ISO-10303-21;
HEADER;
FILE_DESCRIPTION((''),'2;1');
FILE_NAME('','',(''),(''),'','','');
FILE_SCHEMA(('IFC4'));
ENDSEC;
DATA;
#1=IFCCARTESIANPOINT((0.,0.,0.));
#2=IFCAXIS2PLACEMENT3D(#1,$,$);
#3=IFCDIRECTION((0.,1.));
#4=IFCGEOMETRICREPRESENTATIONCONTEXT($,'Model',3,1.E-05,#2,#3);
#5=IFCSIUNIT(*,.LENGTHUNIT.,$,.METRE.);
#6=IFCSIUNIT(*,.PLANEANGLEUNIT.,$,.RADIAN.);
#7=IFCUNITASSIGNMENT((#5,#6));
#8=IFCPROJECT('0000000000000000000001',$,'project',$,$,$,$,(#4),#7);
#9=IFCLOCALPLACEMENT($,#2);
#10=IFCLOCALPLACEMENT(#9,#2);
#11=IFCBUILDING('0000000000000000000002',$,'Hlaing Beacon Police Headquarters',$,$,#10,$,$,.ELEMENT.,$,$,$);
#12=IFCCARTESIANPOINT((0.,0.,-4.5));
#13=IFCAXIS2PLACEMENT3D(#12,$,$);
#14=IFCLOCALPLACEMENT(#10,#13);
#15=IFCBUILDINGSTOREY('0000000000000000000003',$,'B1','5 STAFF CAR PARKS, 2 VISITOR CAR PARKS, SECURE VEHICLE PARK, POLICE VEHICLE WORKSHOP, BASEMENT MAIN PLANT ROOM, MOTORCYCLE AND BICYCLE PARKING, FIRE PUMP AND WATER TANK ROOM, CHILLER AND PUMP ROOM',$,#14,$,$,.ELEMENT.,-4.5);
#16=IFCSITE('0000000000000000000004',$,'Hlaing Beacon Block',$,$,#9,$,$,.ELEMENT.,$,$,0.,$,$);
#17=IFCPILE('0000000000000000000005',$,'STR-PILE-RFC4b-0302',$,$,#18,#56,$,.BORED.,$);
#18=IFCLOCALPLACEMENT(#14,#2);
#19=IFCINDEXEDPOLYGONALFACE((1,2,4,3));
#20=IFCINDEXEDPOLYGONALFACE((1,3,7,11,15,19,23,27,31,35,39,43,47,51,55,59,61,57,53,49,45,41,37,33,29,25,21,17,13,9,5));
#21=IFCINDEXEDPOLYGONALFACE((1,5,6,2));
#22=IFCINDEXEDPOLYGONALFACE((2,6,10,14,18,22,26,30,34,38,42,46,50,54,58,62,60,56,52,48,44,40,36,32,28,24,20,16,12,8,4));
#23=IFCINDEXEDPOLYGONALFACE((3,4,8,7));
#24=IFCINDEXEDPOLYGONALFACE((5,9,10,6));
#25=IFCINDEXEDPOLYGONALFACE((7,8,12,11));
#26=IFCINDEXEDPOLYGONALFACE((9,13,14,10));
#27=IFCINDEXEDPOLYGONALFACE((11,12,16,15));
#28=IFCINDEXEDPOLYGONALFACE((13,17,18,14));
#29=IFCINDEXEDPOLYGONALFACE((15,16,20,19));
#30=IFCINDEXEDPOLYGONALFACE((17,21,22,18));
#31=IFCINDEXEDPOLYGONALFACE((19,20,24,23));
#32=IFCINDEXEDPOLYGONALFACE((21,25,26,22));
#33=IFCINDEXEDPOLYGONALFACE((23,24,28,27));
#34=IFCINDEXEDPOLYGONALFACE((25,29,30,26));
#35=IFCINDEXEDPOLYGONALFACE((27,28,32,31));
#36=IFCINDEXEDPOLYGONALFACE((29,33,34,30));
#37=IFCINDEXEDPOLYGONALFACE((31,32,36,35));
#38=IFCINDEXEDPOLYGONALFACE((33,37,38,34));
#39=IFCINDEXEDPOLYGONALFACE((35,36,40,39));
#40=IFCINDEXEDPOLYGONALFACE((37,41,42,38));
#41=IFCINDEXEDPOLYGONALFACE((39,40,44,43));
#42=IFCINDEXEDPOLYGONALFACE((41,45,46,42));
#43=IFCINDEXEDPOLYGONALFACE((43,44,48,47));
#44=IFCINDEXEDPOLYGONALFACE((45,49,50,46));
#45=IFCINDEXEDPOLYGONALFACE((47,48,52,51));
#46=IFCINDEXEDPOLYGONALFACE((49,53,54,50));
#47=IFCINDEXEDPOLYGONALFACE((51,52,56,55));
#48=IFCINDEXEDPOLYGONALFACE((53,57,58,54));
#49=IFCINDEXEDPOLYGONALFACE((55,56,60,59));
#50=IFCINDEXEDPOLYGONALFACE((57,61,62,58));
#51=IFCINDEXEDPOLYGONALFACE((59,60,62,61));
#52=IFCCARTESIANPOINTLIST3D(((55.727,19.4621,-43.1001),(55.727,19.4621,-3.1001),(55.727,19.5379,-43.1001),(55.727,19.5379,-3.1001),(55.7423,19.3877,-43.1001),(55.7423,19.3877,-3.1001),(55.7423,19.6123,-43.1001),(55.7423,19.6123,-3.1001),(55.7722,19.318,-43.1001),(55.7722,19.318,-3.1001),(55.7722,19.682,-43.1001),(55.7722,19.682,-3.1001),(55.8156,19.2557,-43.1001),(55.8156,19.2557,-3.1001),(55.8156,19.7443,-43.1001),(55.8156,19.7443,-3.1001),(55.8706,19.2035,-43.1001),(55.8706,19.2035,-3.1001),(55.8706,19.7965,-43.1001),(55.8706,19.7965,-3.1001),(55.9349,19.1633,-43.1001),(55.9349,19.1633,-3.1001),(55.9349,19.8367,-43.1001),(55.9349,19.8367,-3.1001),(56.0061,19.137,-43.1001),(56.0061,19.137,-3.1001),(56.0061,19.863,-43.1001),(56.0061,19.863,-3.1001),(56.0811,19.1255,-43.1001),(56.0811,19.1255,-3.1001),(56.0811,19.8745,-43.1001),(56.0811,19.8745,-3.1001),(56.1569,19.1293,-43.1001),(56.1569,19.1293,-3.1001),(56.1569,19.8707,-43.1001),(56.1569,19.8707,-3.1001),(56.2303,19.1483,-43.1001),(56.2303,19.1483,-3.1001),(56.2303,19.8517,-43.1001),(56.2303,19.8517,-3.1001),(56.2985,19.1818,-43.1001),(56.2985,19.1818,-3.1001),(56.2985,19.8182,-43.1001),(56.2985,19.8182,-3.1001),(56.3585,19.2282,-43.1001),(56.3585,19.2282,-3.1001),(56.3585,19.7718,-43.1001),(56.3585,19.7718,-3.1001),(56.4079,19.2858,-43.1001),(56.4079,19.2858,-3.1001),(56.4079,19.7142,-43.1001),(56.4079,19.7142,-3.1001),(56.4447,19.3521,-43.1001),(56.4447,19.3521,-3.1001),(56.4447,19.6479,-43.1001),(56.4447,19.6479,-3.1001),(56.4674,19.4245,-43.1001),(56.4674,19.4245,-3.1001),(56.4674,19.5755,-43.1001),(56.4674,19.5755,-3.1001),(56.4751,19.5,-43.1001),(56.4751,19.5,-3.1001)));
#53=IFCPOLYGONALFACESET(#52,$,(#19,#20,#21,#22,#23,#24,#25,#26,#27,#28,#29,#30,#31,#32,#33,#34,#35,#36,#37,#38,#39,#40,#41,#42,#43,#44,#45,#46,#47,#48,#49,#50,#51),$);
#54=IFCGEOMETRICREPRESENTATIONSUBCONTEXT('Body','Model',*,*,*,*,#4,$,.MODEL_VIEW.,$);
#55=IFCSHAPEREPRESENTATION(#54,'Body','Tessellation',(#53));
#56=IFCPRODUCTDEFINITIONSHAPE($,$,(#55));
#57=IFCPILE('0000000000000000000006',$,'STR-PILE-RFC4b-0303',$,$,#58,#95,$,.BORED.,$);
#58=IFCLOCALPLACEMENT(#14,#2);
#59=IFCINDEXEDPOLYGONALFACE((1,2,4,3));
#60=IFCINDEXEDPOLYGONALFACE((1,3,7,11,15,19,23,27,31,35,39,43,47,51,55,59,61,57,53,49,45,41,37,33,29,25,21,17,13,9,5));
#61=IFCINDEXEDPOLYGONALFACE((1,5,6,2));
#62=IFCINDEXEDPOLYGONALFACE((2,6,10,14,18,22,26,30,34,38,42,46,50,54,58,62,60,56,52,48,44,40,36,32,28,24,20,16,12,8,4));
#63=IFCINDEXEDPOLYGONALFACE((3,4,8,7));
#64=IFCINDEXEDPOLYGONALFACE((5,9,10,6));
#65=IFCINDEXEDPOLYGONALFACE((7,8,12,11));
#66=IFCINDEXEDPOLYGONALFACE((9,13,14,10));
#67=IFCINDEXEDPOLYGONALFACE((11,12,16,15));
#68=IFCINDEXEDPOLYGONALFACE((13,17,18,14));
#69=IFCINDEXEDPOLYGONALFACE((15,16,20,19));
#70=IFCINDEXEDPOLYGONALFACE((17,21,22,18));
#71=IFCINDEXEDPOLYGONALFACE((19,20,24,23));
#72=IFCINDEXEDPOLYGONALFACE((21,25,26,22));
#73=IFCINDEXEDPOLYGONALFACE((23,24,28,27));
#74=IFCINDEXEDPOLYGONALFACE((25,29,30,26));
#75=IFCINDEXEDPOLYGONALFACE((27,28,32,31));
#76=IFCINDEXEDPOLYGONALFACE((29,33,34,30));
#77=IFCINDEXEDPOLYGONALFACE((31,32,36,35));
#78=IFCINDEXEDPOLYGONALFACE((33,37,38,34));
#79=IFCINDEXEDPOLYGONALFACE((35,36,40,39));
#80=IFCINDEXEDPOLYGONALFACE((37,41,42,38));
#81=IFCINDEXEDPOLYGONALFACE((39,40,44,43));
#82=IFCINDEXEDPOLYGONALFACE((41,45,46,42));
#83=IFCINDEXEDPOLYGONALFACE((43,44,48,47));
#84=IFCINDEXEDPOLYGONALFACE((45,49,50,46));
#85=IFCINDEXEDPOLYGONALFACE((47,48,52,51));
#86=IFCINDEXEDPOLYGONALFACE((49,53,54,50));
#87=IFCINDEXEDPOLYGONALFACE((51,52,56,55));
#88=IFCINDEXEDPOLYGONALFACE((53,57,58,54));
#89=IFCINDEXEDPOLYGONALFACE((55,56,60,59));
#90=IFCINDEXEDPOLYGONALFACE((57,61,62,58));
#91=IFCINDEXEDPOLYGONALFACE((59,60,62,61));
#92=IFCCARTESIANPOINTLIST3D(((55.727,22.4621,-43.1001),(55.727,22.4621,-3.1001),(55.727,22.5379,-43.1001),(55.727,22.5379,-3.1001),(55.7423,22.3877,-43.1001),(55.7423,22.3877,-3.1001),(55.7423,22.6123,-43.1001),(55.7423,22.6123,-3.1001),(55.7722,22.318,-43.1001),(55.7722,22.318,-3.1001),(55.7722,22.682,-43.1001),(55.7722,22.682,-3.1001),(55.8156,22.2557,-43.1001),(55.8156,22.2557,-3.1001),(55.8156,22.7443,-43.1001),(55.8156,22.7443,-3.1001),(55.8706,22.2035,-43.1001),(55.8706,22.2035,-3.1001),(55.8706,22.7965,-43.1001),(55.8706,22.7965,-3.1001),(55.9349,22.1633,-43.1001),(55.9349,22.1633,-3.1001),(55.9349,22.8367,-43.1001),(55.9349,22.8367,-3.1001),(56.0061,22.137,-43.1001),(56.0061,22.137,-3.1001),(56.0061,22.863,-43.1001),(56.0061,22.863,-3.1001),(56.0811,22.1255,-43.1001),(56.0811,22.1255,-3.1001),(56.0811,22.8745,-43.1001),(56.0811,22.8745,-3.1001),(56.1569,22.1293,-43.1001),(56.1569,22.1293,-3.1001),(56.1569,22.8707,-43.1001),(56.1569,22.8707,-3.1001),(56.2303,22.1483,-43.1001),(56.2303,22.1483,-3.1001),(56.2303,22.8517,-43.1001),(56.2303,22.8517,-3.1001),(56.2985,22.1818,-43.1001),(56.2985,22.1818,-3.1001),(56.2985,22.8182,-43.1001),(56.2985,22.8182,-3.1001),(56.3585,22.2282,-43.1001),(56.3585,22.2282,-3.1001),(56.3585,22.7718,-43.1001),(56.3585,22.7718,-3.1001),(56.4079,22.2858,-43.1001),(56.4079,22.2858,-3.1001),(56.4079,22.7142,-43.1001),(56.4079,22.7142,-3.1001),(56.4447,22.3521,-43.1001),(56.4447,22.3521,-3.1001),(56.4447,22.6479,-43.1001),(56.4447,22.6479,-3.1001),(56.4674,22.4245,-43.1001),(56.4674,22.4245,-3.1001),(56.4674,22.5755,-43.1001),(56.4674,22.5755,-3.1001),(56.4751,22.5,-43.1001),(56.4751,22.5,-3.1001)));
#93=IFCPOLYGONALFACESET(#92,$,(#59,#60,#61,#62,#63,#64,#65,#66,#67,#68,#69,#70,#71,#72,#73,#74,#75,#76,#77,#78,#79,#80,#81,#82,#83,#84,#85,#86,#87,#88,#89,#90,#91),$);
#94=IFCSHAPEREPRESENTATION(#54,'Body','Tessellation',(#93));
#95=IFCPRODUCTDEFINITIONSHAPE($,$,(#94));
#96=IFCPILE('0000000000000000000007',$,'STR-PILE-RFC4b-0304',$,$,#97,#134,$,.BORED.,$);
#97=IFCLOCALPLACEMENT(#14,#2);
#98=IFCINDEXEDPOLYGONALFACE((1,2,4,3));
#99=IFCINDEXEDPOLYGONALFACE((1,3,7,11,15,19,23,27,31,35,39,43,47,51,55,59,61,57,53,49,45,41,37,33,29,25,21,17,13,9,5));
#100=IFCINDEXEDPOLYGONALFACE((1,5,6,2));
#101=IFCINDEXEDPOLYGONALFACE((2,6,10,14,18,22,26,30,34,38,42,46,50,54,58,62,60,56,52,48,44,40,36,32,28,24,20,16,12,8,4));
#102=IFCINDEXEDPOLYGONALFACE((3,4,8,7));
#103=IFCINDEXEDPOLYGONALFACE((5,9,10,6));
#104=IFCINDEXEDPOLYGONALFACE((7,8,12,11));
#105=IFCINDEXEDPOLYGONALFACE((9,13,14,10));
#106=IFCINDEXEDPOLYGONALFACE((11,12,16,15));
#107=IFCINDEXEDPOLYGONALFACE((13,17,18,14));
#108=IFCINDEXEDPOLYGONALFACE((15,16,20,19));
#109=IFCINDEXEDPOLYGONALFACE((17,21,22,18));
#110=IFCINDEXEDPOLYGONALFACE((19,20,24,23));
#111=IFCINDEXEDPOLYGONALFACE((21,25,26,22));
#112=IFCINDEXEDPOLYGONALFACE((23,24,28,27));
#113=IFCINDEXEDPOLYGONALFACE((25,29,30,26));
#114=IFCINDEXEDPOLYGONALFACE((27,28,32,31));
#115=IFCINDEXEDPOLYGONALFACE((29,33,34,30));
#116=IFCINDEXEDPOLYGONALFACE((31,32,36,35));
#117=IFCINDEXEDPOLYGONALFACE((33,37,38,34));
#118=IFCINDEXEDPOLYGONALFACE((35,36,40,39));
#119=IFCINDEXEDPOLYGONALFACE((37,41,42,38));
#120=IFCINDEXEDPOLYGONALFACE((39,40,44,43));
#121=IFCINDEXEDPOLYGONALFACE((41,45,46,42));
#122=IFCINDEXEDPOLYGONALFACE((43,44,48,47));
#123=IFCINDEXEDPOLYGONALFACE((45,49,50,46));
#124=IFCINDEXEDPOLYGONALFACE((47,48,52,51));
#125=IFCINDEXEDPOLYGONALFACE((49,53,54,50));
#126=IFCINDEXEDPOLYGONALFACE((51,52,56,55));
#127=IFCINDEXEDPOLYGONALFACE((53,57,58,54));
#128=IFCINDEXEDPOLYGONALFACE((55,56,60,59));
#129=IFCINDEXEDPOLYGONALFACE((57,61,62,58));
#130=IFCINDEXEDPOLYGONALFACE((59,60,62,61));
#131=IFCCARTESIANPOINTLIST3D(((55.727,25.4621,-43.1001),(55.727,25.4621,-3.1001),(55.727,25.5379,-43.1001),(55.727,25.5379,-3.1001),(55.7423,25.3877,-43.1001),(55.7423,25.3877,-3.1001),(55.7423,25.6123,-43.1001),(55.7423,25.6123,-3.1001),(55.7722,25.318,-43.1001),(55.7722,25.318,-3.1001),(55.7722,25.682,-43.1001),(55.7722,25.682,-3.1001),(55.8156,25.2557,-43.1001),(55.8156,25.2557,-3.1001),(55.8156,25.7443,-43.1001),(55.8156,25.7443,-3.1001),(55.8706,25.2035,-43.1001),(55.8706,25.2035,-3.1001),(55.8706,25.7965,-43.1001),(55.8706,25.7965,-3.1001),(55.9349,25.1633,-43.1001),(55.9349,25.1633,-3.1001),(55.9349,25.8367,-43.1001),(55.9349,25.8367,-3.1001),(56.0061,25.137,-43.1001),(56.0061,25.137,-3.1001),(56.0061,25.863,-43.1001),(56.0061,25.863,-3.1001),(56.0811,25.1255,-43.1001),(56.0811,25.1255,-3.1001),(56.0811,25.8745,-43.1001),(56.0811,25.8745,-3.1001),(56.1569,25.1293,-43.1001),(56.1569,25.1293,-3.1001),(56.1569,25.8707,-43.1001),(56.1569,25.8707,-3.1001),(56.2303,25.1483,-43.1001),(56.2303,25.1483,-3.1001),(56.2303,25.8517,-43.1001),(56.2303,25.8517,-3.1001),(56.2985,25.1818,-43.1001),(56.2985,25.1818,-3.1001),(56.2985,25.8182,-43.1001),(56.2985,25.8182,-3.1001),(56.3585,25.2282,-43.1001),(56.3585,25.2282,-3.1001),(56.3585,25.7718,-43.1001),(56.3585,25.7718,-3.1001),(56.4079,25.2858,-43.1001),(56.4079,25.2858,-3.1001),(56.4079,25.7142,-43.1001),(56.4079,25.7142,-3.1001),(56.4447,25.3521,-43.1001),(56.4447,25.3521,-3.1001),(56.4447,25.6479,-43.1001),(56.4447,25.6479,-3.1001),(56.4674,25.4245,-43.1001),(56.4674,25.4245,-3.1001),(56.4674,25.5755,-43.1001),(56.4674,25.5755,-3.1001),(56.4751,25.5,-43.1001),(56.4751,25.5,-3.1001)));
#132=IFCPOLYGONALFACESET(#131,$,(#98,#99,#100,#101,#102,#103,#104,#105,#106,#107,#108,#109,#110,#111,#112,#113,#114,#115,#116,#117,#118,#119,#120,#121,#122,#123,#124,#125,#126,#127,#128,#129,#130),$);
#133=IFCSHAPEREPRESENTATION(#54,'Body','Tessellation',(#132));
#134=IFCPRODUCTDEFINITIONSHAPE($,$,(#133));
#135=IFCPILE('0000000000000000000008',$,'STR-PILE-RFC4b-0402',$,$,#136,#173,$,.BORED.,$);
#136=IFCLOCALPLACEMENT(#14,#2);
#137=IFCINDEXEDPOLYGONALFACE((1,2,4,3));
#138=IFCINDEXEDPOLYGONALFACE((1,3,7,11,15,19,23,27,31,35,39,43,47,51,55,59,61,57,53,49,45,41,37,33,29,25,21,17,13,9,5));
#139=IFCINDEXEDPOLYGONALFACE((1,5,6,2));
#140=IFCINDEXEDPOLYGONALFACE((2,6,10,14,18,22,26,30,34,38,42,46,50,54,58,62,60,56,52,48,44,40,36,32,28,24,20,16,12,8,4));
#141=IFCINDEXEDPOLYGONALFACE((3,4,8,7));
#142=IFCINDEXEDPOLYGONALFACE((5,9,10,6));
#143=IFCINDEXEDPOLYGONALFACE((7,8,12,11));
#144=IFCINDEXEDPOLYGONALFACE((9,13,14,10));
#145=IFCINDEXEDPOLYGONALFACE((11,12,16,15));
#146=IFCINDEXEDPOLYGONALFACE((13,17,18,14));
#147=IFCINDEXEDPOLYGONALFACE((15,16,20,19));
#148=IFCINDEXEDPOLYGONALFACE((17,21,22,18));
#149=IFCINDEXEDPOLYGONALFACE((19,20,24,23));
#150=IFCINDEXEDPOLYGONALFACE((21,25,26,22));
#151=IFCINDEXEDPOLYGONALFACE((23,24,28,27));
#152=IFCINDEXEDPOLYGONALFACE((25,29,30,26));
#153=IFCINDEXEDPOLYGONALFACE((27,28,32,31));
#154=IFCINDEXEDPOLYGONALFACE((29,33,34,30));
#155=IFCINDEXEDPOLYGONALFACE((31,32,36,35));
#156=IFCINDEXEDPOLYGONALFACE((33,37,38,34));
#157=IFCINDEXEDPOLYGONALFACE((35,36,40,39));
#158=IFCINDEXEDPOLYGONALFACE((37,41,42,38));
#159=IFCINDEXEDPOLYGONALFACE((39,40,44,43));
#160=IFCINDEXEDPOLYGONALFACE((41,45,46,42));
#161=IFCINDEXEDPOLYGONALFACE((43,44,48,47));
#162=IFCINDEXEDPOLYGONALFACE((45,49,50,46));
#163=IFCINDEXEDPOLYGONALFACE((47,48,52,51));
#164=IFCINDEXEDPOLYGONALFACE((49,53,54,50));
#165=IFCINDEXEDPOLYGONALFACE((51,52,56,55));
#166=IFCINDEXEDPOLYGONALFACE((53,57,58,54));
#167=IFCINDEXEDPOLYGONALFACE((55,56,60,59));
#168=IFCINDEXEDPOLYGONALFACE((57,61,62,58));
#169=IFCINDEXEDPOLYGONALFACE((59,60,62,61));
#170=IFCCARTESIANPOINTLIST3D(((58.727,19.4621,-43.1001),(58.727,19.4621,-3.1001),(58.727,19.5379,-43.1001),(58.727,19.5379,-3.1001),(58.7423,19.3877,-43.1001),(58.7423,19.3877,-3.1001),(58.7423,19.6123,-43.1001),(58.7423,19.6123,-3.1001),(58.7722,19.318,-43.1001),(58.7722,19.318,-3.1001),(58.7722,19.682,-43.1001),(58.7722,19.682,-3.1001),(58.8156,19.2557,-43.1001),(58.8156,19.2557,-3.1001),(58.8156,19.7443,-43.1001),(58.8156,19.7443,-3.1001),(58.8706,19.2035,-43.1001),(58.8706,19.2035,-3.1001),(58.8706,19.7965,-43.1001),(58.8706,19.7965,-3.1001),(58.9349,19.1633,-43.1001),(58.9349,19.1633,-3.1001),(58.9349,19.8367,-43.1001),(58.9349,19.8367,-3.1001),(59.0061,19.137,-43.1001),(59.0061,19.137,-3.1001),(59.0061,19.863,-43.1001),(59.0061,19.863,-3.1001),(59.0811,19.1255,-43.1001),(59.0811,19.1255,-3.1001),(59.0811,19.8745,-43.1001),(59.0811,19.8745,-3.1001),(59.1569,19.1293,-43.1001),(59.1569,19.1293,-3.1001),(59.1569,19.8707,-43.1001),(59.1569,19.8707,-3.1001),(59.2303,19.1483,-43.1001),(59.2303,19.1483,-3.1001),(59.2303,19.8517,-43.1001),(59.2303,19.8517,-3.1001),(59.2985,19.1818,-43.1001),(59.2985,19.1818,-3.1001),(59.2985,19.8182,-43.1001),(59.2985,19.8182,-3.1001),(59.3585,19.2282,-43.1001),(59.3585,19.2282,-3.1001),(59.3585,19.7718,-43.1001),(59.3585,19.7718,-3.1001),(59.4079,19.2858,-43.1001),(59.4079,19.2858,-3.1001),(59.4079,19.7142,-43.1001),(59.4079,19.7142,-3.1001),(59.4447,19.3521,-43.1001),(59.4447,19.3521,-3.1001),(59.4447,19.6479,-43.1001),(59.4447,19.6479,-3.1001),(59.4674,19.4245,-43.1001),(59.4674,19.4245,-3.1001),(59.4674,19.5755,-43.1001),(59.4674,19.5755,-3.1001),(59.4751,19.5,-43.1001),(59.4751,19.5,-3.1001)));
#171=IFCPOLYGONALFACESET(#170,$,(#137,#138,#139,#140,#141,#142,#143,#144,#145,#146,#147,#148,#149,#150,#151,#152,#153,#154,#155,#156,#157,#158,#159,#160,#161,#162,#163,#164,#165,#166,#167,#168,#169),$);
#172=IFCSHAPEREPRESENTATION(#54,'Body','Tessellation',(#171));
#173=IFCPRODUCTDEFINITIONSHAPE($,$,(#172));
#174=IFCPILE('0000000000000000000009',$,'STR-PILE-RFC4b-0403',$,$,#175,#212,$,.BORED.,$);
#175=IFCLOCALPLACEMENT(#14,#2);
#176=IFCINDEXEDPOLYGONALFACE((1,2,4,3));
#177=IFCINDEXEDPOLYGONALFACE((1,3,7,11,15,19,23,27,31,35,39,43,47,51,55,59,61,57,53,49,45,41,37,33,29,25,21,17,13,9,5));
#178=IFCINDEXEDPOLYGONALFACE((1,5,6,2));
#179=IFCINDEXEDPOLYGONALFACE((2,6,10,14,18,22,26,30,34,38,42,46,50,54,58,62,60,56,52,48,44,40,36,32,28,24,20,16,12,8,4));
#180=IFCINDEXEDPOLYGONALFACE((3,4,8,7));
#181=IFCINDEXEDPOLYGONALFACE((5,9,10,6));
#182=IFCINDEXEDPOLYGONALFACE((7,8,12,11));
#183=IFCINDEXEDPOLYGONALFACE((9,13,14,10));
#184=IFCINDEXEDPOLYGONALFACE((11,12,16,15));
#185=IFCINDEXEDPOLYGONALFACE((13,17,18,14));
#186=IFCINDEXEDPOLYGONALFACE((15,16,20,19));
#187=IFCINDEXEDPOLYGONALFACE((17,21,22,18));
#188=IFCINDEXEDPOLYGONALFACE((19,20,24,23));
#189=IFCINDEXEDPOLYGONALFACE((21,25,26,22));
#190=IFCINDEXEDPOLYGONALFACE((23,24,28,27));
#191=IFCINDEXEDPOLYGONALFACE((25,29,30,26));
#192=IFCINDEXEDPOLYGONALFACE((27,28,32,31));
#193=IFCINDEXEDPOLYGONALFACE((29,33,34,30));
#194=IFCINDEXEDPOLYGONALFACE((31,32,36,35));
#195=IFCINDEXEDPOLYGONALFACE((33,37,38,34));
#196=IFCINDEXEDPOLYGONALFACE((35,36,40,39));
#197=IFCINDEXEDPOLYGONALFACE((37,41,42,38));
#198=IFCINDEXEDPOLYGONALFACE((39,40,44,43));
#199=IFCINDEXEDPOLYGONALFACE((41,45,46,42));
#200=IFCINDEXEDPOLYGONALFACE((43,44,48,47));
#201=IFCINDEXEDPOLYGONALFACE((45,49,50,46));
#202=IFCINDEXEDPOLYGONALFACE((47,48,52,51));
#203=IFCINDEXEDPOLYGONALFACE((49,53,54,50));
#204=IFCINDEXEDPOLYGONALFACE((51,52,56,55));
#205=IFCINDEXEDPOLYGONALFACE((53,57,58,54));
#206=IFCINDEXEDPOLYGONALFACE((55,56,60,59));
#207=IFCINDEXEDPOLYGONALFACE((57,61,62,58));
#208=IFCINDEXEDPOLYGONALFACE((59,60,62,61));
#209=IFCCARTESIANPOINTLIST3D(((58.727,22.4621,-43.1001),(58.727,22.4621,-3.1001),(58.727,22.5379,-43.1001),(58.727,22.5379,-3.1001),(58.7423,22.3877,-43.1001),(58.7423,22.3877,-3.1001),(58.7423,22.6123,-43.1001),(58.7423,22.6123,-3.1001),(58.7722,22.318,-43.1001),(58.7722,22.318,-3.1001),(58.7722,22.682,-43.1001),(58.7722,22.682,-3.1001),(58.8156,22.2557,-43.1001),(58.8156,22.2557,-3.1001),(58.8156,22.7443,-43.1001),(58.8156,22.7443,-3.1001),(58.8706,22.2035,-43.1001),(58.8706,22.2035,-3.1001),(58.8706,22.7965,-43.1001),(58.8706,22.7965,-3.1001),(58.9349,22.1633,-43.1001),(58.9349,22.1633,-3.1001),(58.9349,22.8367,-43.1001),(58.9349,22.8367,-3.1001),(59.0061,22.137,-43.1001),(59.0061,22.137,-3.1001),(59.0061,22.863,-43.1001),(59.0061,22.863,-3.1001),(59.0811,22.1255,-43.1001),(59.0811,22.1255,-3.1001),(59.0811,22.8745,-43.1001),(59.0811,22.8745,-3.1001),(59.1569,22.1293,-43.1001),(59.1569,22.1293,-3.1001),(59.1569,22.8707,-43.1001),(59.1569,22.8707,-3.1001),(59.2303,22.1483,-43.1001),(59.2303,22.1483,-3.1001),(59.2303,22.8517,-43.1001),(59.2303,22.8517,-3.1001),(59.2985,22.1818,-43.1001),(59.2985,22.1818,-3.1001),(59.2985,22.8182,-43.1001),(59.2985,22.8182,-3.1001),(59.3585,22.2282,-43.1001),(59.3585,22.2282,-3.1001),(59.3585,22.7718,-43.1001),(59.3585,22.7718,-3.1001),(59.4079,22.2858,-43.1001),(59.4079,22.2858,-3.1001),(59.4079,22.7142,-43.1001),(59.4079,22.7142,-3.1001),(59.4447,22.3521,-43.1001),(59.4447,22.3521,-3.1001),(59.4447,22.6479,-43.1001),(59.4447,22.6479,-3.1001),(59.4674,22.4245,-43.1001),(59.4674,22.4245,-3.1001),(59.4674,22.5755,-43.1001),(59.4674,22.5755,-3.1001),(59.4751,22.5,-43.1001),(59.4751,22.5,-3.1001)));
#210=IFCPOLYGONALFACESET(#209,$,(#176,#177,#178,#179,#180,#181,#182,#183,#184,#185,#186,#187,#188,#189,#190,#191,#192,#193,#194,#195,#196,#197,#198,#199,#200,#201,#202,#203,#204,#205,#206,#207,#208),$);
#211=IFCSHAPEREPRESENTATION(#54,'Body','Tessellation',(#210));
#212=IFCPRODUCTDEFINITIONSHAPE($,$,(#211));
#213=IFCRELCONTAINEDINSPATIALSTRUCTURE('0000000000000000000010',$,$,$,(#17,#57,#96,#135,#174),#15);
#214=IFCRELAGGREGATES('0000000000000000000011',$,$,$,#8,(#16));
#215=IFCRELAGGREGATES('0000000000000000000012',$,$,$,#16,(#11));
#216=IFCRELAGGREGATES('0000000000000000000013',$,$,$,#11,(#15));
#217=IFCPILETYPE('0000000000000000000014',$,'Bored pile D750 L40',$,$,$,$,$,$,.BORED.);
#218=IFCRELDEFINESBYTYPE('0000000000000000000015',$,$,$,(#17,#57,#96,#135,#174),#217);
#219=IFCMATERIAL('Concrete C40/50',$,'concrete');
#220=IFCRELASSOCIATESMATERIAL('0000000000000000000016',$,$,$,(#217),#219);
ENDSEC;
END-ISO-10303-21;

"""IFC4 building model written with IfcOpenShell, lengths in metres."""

from ifc_helpers import new_model, si_unit, direction, frame, origin, origin_2d, place, context, subcontext, project, spatial, circle, extrude, material, material_profile, profile_set, type_object, element, save


model = new_model("IFC4")

# Units and contexts
model_context = context("Model", 3, precision=1e-05, world=origin(), true_north=direction((0.0, 1.0)))
body_context = subcontext(model_context, "Body", "Model", "MODEL_VIEW")
ifc_project = project(units=[si_unit("LENGTHUNIT", "METRE"), si_unit("PLANEANGLEUNIT", "RADIAN")], contexts=[model_context])

# Site, building, storey
site_placement = place(None, origin())
site = spatial("IfcSite", under=ifc_project, at=site_placement, Name="Hlaing Beacon Block", CompositionType="ELEMENT", RefElevation=0.0)
building_placement = place(site_placement, origin())
building = spatial("IfcBuilding", under=site, at=building_placement, Name="Hlaing Beacon Police Headquarters", CompositionType="ELEMENT")
storey_placement = place(building_placement, frame((0.0, 0.0, -4.5)))
storey = spatial("IfcBuildingStorey", under=building, at=storey_placement, Name="B1", Description="5 STAFF CAR PARKS, 2 VISITOR CAR PARKS, SECURE VEHICLE PARK, POLICE VEHICLE WORKSHOP, BASEMENT MAIN PLANT ROOM, MOTORCYCLE AND BICYCLE PARKING, FIRE PUMP AND WATER TANK ROOM, CHILLER AND PUMP ROOM", CompositionType="ELEMENT", Elevation=-4.5)

# Piles
ifc_material_1 = material(Name="Concrete C40/50", Category="concrete")
ifc_material_profile_1 = material_profile(ifc_material_1, circle(Radius=0.375, at=origin_2d()), Name="D750")
ifc_profile_set_1 = profile_set([ifc_material_profile_1], Name="Concrete C40/50")
pile_type_1 = type_object("IfcPileType", Name="Bored pile D750 L40", PredefinedType="BORED", material=ifc_profile_set_1)
for number, where, z_axis, x_axis, name in (
    (1, (56.1001, 19.5, -3.1001), (0.0, 0.0, -1.0), (1.0, 0.0, 0.0), "STR-PILE-RFC4b-0302"),
    (2, (56.1001, 22.5, -3.1001), (0.0, 0.0, -1.0), (1.0, 0.0, 0.0), "STR-PILE-RFC4b-0303"),
    (3, (56.1001, 25.5, -3.1001), (0.0, 0.0, -1.0), (1.0, 0.0, 0.0), "STR-PILE-RFC4b-0304"),
    (4, (59.1001, 19.5, -3.1001), (0.0, 0.0, -1.0), (1.0, 0.0, 0.0), "STR-PILE-RFC4b-0402"),
    (5, (59.1001, 22.5, -3.1001), (0.0, 0.0, -1.0), (1.0, 0.0, 0.0), "STR-PILE-RFC4b-0403"),
):
    element("IfcPile", number, at=place(storey_placement, frame(where, z_axis=z_axis, x_axis=x_axis)), inside=storey, type_object=pile_type_1, Name=name, PredefinedType="BORED", context=body_context, shape_type="SweptSolid", body=[
        extrude(circle(Radius=0.375, at=origin_2d()), origin(), (0.0, 0.0, 1.0), 40.0),
    ])

save(model, "model.ifc")
